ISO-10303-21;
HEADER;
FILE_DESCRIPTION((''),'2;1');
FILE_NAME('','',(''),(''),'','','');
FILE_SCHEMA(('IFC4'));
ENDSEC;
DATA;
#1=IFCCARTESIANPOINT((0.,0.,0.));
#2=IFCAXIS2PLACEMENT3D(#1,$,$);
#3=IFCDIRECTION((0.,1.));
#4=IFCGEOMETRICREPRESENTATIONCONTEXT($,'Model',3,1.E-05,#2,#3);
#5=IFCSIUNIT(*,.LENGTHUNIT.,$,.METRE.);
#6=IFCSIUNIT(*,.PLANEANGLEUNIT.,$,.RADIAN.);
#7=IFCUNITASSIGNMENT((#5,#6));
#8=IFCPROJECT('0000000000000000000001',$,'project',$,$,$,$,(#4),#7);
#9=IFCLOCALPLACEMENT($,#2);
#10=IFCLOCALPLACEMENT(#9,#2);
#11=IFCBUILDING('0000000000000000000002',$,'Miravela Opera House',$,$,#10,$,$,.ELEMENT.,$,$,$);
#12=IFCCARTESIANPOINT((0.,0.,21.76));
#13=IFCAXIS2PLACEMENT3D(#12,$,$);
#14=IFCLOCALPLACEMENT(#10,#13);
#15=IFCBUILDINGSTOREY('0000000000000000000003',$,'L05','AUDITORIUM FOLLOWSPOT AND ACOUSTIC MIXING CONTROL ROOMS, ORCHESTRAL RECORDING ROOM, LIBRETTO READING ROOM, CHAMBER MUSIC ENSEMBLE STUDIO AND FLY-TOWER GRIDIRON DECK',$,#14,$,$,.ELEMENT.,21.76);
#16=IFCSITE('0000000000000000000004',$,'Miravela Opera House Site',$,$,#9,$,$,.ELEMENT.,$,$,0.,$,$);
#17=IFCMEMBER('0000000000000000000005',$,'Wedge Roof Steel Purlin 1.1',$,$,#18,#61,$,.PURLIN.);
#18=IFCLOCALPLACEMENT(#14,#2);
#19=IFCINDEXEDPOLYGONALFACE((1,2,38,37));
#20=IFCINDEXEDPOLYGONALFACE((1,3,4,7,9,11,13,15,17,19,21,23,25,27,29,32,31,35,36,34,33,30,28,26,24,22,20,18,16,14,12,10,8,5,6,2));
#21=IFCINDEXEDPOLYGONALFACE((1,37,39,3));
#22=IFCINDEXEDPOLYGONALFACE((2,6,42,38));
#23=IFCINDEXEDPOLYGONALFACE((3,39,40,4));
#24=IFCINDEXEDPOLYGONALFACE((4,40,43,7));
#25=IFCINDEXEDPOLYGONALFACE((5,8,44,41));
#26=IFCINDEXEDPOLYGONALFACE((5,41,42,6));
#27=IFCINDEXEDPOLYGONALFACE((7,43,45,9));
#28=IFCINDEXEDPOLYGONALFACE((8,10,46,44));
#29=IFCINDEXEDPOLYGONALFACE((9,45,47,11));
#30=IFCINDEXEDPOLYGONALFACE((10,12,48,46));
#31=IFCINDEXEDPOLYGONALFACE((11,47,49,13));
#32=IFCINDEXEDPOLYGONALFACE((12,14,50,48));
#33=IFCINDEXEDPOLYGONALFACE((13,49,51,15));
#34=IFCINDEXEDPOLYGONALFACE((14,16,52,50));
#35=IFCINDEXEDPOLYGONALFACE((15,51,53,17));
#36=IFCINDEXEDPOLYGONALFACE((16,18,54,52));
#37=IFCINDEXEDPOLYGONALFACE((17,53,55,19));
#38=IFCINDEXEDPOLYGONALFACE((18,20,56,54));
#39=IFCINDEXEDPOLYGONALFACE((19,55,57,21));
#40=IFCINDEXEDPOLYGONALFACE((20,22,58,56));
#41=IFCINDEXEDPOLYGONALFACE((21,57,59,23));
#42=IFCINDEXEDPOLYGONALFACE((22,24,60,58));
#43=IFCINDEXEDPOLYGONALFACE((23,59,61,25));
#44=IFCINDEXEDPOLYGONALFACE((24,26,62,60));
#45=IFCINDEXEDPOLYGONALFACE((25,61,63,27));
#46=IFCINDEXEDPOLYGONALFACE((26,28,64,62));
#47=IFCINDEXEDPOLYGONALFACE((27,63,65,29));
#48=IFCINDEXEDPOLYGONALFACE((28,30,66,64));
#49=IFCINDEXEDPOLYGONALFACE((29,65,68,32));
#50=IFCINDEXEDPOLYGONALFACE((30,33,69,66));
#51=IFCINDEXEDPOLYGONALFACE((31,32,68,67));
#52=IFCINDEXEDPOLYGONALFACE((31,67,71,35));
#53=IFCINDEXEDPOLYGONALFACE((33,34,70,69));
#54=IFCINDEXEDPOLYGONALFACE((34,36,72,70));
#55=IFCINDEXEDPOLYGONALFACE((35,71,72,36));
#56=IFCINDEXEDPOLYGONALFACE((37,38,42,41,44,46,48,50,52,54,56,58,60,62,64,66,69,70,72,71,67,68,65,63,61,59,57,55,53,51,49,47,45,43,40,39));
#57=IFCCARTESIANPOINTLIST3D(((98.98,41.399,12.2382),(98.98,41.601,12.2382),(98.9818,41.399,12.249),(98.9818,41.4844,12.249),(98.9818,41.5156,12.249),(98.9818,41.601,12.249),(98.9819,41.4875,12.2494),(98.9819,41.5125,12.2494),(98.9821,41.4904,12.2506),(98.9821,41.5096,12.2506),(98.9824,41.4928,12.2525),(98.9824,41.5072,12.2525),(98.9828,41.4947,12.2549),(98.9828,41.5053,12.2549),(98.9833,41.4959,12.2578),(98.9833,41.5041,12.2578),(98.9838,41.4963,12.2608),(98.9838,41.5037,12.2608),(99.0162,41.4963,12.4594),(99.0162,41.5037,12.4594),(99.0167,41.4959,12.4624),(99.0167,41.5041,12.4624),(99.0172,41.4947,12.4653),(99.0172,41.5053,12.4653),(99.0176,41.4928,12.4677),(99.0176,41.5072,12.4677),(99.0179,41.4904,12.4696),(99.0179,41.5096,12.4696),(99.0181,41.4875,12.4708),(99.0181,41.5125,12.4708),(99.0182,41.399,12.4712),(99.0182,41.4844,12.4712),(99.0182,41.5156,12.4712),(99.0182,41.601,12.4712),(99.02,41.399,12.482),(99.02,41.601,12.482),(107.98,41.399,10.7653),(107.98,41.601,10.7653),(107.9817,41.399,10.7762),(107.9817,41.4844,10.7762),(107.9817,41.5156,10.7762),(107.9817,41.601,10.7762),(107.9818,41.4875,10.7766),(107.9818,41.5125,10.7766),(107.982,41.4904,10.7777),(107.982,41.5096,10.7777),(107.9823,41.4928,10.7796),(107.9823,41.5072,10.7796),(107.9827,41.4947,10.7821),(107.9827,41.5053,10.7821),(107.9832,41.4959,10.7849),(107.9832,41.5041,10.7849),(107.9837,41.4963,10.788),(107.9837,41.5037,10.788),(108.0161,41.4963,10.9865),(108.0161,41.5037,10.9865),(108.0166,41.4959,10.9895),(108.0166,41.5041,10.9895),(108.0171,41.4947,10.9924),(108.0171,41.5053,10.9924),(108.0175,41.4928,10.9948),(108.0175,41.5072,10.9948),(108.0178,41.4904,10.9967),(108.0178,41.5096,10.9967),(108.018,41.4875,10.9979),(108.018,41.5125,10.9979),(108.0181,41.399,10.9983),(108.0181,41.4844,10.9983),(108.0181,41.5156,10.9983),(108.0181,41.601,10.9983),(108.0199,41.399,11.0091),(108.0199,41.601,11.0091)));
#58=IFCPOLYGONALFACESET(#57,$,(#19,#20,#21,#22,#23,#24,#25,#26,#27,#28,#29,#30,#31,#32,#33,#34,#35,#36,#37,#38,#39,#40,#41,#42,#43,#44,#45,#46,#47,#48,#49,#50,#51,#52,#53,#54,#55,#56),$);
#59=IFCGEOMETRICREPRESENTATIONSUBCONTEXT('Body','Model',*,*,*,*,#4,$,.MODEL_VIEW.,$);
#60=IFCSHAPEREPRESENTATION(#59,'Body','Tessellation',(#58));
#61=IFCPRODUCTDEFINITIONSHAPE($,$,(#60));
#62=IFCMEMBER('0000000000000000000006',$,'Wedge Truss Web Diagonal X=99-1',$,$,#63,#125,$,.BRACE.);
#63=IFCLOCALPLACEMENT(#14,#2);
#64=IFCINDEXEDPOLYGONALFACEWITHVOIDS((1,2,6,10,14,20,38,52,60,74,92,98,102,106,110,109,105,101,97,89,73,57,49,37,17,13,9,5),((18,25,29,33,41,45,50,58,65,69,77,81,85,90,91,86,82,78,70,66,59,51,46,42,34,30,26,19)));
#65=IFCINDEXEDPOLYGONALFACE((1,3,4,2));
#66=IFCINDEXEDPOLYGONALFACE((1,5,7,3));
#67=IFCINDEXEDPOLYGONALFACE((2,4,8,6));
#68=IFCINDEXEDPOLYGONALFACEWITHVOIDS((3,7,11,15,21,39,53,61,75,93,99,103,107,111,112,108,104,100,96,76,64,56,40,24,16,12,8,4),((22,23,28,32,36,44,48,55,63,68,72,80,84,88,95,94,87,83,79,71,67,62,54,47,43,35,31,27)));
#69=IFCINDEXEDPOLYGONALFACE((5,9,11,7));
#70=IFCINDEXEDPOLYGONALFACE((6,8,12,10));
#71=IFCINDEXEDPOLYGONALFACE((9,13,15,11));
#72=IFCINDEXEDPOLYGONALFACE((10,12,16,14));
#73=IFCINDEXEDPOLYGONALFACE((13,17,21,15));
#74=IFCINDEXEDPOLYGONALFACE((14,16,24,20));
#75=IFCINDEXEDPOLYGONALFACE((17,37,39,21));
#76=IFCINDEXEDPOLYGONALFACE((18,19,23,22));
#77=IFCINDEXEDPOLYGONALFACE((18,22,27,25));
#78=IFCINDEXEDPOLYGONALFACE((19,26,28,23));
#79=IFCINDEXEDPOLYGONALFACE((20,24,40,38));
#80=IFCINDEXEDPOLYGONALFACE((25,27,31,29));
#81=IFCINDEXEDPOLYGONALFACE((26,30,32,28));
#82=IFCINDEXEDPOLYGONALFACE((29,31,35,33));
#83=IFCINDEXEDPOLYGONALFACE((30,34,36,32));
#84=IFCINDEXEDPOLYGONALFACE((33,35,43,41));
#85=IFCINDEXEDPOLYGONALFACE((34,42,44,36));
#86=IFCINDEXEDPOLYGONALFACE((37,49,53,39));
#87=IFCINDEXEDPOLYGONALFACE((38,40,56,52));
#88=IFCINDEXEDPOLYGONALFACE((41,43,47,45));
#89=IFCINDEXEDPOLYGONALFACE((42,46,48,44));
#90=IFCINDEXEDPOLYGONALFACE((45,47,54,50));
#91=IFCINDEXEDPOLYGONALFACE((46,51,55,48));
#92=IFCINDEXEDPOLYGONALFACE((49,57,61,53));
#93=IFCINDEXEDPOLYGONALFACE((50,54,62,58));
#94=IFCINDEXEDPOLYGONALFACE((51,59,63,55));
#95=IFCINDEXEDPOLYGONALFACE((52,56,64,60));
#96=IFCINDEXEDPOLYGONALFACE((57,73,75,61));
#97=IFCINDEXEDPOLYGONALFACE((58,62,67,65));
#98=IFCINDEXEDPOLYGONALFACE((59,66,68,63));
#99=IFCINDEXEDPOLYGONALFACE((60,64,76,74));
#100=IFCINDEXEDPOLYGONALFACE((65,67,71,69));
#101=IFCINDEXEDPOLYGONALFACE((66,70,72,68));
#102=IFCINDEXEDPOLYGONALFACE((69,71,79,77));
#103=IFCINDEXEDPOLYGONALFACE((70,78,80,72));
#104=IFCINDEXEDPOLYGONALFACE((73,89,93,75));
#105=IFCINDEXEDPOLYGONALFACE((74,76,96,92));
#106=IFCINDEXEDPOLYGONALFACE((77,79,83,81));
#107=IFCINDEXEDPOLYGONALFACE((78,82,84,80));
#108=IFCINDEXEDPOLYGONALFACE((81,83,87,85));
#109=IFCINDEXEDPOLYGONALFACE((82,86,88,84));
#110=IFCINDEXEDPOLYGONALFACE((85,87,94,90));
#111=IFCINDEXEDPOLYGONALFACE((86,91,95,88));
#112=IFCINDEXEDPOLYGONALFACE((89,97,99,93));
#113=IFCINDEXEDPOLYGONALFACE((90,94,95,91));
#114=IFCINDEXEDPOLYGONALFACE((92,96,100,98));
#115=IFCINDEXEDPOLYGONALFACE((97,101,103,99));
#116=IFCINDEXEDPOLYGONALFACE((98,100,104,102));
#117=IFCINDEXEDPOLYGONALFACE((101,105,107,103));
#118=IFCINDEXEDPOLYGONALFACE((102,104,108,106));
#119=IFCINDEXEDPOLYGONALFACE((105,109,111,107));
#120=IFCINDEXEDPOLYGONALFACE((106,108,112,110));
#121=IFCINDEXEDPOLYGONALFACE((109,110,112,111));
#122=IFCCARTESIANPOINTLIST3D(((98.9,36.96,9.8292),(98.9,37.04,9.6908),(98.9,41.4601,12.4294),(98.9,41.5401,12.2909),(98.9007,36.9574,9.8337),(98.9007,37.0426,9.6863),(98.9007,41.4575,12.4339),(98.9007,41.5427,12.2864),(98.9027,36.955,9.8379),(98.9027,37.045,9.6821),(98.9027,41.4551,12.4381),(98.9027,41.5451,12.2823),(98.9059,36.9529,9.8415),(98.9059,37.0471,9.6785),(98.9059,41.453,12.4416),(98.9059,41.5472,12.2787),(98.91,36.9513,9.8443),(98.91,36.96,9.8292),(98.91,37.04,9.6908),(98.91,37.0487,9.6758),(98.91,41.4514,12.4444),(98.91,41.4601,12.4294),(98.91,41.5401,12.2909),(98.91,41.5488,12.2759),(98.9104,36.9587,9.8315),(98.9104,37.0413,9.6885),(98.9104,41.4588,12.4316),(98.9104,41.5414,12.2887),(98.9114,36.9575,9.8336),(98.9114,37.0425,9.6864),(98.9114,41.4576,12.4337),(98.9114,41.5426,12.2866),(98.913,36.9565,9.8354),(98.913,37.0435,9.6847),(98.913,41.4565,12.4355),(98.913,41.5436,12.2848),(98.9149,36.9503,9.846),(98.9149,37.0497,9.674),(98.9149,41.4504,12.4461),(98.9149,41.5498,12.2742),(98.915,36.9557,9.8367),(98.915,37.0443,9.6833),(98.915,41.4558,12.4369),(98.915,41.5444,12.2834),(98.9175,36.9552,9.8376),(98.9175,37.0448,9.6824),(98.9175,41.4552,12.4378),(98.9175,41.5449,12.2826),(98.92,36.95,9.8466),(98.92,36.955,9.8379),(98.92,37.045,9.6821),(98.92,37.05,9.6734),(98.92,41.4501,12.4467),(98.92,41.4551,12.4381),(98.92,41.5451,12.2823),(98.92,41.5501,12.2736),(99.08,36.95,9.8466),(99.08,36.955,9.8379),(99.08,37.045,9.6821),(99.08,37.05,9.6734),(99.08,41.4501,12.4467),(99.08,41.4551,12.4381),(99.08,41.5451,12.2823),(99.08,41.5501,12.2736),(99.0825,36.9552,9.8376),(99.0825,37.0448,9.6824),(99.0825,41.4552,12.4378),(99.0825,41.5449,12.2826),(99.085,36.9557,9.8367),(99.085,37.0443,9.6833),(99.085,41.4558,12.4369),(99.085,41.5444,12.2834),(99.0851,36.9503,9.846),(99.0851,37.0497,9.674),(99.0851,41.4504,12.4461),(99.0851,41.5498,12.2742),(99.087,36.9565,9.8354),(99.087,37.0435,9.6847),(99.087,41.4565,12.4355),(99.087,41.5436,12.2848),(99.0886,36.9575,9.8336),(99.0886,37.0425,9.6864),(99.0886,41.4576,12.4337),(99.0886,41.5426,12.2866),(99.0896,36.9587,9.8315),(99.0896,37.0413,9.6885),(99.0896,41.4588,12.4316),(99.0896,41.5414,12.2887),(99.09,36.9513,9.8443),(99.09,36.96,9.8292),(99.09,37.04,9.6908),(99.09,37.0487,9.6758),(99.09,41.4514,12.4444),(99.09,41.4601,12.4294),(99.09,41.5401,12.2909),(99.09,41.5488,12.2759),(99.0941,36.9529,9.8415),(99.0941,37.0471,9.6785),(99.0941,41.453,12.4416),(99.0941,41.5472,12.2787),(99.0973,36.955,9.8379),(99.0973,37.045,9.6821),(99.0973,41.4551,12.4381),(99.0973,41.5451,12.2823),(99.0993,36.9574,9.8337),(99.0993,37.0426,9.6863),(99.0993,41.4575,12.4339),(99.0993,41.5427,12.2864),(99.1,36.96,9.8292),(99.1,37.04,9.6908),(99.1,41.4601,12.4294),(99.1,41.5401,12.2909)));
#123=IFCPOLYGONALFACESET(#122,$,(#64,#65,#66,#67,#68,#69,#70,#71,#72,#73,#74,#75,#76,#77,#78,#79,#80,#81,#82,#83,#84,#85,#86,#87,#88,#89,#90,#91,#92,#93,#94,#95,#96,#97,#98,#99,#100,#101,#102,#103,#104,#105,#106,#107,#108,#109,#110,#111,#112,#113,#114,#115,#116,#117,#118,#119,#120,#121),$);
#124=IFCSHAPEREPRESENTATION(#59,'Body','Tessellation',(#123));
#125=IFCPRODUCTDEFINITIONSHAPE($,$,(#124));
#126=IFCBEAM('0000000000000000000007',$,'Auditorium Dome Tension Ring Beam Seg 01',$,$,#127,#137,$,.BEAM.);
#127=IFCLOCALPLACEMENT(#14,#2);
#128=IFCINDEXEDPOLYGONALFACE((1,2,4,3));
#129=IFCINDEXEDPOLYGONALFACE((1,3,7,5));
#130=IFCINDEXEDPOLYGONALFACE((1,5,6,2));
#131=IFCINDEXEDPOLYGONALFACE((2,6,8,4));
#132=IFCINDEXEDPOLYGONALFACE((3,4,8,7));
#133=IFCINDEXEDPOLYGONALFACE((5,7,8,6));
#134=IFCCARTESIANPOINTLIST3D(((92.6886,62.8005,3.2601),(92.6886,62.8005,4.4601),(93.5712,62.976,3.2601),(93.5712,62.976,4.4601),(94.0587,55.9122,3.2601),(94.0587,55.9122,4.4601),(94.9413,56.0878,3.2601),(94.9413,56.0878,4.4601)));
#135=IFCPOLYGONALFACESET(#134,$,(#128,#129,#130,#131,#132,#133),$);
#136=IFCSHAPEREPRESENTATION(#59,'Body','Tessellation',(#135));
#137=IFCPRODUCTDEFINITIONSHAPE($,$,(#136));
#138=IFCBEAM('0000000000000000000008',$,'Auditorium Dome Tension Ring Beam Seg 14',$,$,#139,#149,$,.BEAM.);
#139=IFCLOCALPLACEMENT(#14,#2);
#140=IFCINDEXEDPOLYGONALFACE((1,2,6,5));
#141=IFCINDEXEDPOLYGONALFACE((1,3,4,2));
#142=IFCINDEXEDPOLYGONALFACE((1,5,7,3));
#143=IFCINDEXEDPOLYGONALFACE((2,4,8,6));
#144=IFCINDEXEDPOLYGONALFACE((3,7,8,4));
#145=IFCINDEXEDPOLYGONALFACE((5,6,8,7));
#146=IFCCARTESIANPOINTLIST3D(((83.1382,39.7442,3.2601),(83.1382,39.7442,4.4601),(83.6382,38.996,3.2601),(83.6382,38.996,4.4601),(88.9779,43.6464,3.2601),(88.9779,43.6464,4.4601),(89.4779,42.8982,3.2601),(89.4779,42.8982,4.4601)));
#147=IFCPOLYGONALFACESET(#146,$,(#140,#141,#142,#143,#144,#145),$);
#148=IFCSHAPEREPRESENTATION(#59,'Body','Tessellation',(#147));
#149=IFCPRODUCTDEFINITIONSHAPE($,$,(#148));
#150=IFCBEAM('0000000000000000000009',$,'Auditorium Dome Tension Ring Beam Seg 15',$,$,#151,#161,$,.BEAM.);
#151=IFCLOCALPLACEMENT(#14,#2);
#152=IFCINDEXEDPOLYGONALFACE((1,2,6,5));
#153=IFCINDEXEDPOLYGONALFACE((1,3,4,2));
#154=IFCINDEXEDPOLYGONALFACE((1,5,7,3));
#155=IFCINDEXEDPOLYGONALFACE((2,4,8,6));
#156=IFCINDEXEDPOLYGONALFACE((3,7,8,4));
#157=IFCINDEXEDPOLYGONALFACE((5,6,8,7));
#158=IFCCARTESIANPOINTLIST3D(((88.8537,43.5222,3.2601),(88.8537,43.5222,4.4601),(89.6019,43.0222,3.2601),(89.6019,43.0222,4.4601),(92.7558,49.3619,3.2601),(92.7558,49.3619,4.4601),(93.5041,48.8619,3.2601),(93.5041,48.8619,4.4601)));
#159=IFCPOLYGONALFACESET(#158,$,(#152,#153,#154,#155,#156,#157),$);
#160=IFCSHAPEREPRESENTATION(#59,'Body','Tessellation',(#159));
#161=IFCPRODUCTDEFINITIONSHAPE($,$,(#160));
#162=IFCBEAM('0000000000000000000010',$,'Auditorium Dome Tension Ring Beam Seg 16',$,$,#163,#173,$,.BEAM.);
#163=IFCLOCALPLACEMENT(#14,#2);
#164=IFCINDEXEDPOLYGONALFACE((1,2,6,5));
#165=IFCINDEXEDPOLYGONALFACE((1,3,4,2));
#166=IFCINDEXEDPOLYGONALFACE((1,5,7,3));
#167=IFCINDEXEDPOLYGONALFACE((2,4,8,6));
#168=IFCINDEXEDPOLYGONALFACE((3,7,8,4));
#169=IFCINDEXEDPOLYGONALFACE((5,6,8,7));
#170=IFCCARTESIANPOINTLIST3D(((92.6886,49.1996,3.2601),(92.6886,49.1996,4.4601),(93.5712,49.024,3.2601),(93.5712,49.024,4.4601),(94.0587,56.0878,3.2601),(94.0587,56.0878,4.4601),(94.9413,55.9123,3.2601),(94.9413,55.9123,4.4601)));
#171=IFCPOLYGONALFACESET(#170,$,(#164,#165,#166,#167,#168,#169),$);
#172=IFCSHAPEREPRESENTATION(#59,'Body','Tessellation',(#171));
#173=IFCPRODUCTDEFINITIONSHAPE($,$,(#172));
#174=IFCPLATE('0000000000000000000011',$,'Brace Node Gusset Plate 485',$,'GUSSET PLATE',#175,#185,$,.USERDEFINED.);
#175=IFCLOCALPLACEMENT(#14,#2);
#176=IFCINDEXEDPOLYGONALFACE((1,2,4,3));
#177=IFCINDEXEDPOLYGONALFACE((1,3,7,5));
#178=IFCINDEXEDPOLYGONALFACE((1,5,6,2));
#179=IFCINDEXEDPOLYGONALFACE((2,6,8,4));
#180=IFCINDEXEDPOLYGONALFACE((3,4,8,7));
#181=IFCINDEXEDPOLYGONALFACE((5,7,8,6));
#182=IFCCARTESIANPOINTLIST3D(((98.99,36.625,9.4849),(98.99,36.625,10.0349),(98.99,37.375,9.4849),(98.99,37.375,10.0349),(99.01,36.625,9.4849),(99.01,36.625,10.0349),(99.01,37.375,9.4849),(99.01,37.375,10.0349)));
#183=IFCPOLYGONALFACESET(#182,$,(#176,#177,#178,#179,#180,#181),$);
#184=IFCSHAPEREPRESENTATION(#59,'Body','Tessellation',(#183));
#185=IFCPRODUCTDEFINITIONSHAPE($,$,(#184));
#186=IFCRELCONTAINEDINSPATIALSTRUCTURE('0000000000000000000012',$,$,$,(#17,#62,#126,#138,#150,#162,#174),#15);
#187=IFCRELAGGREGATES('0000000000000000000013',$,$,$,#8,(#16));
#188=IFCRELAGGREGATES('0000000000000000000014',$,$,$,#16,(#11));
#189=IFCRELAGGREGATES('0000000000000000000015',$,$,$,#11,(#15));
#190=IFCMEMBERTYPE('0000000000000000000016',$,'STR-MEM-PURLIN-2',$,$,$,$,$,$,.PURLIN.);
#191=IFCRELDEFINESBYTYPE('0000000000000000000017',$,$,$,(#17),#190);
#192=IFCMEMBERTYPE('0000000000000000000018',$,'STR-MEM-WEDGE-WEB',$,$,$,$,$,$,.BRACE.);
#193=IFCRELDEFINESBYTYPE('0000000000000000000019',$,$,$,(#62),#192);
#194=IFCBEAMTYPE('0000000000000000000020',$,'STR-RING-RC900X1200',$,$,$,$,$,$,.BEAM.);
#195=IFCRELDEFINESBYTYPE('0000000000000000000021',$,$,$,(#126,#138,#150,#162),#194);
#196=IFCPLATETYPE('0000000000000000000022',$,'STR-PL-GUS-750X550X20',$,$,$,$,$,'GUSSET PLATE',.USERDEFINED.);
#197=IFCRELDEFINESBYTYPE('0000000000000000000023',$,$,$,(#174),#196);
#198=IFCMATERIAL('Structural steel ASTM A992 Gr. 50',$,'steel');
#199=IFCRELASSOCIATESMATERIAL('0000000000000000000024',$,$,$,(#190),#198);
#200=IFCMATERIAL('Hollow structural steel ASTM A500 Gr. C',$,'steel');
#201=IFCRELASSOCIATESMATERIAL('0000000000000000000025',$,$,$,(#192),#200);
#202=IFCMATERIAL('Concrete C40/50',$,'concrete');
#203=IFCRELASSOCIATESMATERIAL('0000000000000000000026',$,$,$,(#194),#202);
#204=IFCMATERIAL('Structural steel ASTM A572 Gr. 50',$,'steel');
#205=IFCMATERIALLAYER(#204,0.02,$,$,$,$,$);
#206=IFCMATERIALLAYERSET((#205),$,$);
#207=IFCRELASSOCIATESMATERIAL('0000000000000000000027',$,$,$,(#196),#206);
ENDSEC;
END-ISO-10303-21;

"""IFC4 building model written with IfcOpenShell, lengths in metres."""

from ifc_helpers import new_model, si_unit, direction, frame, origin, origin_2d, place, context, subcontext, project, spatial, rectangle, hollow_rectangle, i_section, extrude, material, layer, layer_set, material_profile, profile_set, type_object, element, save


model = new_model("IFC4")

# Units and contexts
model_context = context("Model", 3, precision=1e-05, world=origin(), true_north=direction((0.0, 1.0)))
body_context = subcontext(model_context, "Body", "Model", "MODEL_VIEW")
ifc_project = project(units=[si_unit("LENGTHUNIT", "METRE"), si_unit("PLANEANGLEUNIT", "RADIAN")], contexts=[model_context])

# Site, building, storey
site_placement = place(None, origin())
site = spatial("IfcSite", under=ifc_project, at=site_placement, Name="Miravela Opera House Site", CompositionType="ELEMENT", RefElevation=0.0)
building_placement = place(site_placement, origin())
building = spatial("IfcBuilding", under=site, at=building_placement, Name="Miravela Opera House", CompositionType="ELEMENT")
storey_placement = place(building_placement, frame((0.0, 0.0, 21.76)))
storey = spatial("IfcBuildingStorey", under=building, at=storey_placement, Name="L05", Description="AUDITORIUM FOLLOWSPOT AND ACOUSTIC MIXING CONTROL ROOMS, ORCHESTRAL RECORDING ROOM, LIBRETTO READING ROOM, CHAMBER MUSIC ENSEMBLE STUDIO AND FLY-TOWER GRIDIRON DECK", CompositionType="ELEMENT", Elevation=21.76)

# Shared definitions
ifc_material_1 = material(Name="Concrete C40/50", Category="concrete")

# Shared definitions
ifc_material_2 = material(Name="Structural steel ASTM A992 Gr. 50", Category="steel")

# Members
ifc_material_profile_1 = material_profile(ifc_material_2, i_section(OverallWidth=0.2019, OverallDepth=0.2471, WebThickness=0.0073, FlangeThickness=0.011, FilletRadius=0.012, at=origin_2d()), Name="W250X49")
ifc_profile_set_1 = profile_set([ifc_material_profile_1])
member_type_1 = type_object("IfcMemberType", Name="STR-MEM-PURLIN-2", PredefinedType="PURLIN", material=ifc_profile_set_1)
member_1_placement = place(storey_placement, frame((99.0, 41.5, 12.3601), z_axis=(0.986872, 0.0, -0.161507), x_axis=(0.0, 1.0, 0.0)))
element("IfcMember", 1, at=member_1_placement, inside=storey, type_object=member_type_1, Name="Wedge Roof Steel Purlin 1.1", PredefinedType="PURLIN", context=body_context, shape_type="SweptSolid", body=[
    extrude(i_section(OverallWidth=0.2019, OverallDepth=0.2471, WebThickness=0.0073, FlangeThickness=0.011, FilletRadius=0.012, at=origin_2d()), origin(), (0.0, 0.0, 1.0), 9.1196),
])
ifc_material_3 = material(Name="Hollow structural steel ASTM A500 Gr. C", Category="steel")
ifc_material_profile_2 = material_profile(ifc_material_3, hollow_rectangle(XDim=0.2, YDim=0.2, WallThickness=0.01, InnerFilletRadius=0.01, OuterFilletRadius=0.02, at=origin_2d()), Name="HSS200X200X10")
ifc_profile_set_2 = profile_set([ifc_material_profile_2])
member_type_2 = type_object("IfcMemberType", Name="STR-MEM-WEDGE-WEB", PredefinedType="BRACE", material=ifc_profile_set_2)
member_2_placement = place(storey_placement, frame((99.0, 37.0, 9.76), z_axis=(0.0, 0.865857, 0.500292), x_axis=(-1.0, 0.0, 0.0)))
element("IfcMember", 2, at=member_2_placement, inside=storey, type_object=member_type_2, Name="Wedge Truss Web Diagonal X=99-1", PredefinedType="BRACE", context=body_context, shape_type="SweptSolid", body=[
    extrude(hollow_rectangle(XDim=0.2, YDim=0.2, WallThickness=0.01, InnerFilletRadius=0.01, OuterFilletRadius=0.02, at=origin_2d()), origin(), (0.0, 0.0, 1.0), 5.1973),
])

# Beams
ifc_material_profile_3 = material_profile(ifc_material_1, rectangle(XDim=0.8999, YDim=1.2, at=origin_2d()), Name="RC-RING-900X1200")
ifc_profile_set_3 = profile_set([ifc_material_profile_3])
beam_type_1 = type_object("IfcBeamType", Name="STR-RING-RC900X1200", PredefinedType="BEAM", material=ifc_profile_set_3)
beam_1_placement = place(storey_placement, frame((94.5, 56.0, 3.8601), z_axis=(-0.195087, 0.980786, 0.0), x_axis=(-0.980786, -0.195087, 0.0)))
element("IfcBeam", 3, at=beam_1_placement, inside=storey, type_object=beam_type_1, Name="Auditorium Dome Tension Ring Beam Seg 01", PredefinedType="BEAM", context=body_context, shape_type="SweptSolid", body=[
    extrude(rectangle(XDim=0.8999, YDim=1.2, at=origin_2d()), origin(), (0.0, 0.0, 1.0), 7.0232),
])
for number, where, z_axis, x_axis, name in (
    (4, (83.3882, 39.3701, 3.8601), (0.831456, 0.55559, 0.0), (-0.55559, 0.831456, 0.0), "Auditorium Dome Tension Ring Beam Seg 14"),
    (5, (89.2278, 43.2722, 3.8601), (0.55559, 0.831456, 0.0), (-0.831456, 0.55559, 0.0), "Auditorium Dome Tension Ring Beam Seg 15"),
):
    element("IfcBeam", number, at=place(storey_placement, frame(where, z_axis=z_axis, x_axis=x_axis)), inside=storey, type_object=beam_type_1, Name=name, PredefinedType="BEAM", context=body_context, shape_type="SweptSolid", body=[
        extrude(rectangle(XDim=0.8999, YDim=1.2, at=origin_2d()), origin(), (0.0, 0.0, 1.0), 7.0234),
    ])
beam_2_placement = place(storey_placement, frame((93.1299, 49.1118, 3.8601), z_axis=(0.195087, 0.980786, 0.0), x_axis=(-0.980786, 0.195087, 0.0)))
element("IfcBeam", 6, at=beam_2_placement, inside=storey, type_object=beam_type_1, Name="Auditorium Dome Tension Ring Beam Seg 16", PredefinedType="BEAM", context=body_context, shape_type="SweptSolid", body=[
    extrude(rectangle(XDim=0.8999, YDim=1.2, at=origin_2d()), origin(), (0.0, 0.0, 1.0), 7.0232),
])

# Plate
ifc_material_4 = material(Name="Structural steel ASTM A572 Gr. 50", Category="steel")
ifc_layer_1 = layer(ifc_material_4, 0.02)
ifc_layer_set_1 = layer_set([ifc_layer_1])
plate_type = type_object("IfcPlateType", Name="STR-PL-GUS-750X550X20", ElementType="GUSSET PLATE", PredefinedType="USERDEFINED", material=ifc_layer_set_1)
plate_placement = place(storey_placement, frame((99.0, 37.0, 9.4849), z_axis=(0.0, 0.0, 1.0), x_axis=(0.0, 1.0, 0.0)))
element("IfcPlate", 7, at=plate_placement, inside=storey, type_object=plate_type, Name="Brace Node Gusset Plate 485", ObjectType="GUSSET PLATE", PredefinedType="USERDEFINED", context=body_context, shape_type="SweptSolid", body=[
    extrude(rectangle(XDim=0.75, YDim=0.02, at=origin_2d()), origin(), (0.0, 0.0, 1.0), 0.55),
])

save(model, "model.ifc")
